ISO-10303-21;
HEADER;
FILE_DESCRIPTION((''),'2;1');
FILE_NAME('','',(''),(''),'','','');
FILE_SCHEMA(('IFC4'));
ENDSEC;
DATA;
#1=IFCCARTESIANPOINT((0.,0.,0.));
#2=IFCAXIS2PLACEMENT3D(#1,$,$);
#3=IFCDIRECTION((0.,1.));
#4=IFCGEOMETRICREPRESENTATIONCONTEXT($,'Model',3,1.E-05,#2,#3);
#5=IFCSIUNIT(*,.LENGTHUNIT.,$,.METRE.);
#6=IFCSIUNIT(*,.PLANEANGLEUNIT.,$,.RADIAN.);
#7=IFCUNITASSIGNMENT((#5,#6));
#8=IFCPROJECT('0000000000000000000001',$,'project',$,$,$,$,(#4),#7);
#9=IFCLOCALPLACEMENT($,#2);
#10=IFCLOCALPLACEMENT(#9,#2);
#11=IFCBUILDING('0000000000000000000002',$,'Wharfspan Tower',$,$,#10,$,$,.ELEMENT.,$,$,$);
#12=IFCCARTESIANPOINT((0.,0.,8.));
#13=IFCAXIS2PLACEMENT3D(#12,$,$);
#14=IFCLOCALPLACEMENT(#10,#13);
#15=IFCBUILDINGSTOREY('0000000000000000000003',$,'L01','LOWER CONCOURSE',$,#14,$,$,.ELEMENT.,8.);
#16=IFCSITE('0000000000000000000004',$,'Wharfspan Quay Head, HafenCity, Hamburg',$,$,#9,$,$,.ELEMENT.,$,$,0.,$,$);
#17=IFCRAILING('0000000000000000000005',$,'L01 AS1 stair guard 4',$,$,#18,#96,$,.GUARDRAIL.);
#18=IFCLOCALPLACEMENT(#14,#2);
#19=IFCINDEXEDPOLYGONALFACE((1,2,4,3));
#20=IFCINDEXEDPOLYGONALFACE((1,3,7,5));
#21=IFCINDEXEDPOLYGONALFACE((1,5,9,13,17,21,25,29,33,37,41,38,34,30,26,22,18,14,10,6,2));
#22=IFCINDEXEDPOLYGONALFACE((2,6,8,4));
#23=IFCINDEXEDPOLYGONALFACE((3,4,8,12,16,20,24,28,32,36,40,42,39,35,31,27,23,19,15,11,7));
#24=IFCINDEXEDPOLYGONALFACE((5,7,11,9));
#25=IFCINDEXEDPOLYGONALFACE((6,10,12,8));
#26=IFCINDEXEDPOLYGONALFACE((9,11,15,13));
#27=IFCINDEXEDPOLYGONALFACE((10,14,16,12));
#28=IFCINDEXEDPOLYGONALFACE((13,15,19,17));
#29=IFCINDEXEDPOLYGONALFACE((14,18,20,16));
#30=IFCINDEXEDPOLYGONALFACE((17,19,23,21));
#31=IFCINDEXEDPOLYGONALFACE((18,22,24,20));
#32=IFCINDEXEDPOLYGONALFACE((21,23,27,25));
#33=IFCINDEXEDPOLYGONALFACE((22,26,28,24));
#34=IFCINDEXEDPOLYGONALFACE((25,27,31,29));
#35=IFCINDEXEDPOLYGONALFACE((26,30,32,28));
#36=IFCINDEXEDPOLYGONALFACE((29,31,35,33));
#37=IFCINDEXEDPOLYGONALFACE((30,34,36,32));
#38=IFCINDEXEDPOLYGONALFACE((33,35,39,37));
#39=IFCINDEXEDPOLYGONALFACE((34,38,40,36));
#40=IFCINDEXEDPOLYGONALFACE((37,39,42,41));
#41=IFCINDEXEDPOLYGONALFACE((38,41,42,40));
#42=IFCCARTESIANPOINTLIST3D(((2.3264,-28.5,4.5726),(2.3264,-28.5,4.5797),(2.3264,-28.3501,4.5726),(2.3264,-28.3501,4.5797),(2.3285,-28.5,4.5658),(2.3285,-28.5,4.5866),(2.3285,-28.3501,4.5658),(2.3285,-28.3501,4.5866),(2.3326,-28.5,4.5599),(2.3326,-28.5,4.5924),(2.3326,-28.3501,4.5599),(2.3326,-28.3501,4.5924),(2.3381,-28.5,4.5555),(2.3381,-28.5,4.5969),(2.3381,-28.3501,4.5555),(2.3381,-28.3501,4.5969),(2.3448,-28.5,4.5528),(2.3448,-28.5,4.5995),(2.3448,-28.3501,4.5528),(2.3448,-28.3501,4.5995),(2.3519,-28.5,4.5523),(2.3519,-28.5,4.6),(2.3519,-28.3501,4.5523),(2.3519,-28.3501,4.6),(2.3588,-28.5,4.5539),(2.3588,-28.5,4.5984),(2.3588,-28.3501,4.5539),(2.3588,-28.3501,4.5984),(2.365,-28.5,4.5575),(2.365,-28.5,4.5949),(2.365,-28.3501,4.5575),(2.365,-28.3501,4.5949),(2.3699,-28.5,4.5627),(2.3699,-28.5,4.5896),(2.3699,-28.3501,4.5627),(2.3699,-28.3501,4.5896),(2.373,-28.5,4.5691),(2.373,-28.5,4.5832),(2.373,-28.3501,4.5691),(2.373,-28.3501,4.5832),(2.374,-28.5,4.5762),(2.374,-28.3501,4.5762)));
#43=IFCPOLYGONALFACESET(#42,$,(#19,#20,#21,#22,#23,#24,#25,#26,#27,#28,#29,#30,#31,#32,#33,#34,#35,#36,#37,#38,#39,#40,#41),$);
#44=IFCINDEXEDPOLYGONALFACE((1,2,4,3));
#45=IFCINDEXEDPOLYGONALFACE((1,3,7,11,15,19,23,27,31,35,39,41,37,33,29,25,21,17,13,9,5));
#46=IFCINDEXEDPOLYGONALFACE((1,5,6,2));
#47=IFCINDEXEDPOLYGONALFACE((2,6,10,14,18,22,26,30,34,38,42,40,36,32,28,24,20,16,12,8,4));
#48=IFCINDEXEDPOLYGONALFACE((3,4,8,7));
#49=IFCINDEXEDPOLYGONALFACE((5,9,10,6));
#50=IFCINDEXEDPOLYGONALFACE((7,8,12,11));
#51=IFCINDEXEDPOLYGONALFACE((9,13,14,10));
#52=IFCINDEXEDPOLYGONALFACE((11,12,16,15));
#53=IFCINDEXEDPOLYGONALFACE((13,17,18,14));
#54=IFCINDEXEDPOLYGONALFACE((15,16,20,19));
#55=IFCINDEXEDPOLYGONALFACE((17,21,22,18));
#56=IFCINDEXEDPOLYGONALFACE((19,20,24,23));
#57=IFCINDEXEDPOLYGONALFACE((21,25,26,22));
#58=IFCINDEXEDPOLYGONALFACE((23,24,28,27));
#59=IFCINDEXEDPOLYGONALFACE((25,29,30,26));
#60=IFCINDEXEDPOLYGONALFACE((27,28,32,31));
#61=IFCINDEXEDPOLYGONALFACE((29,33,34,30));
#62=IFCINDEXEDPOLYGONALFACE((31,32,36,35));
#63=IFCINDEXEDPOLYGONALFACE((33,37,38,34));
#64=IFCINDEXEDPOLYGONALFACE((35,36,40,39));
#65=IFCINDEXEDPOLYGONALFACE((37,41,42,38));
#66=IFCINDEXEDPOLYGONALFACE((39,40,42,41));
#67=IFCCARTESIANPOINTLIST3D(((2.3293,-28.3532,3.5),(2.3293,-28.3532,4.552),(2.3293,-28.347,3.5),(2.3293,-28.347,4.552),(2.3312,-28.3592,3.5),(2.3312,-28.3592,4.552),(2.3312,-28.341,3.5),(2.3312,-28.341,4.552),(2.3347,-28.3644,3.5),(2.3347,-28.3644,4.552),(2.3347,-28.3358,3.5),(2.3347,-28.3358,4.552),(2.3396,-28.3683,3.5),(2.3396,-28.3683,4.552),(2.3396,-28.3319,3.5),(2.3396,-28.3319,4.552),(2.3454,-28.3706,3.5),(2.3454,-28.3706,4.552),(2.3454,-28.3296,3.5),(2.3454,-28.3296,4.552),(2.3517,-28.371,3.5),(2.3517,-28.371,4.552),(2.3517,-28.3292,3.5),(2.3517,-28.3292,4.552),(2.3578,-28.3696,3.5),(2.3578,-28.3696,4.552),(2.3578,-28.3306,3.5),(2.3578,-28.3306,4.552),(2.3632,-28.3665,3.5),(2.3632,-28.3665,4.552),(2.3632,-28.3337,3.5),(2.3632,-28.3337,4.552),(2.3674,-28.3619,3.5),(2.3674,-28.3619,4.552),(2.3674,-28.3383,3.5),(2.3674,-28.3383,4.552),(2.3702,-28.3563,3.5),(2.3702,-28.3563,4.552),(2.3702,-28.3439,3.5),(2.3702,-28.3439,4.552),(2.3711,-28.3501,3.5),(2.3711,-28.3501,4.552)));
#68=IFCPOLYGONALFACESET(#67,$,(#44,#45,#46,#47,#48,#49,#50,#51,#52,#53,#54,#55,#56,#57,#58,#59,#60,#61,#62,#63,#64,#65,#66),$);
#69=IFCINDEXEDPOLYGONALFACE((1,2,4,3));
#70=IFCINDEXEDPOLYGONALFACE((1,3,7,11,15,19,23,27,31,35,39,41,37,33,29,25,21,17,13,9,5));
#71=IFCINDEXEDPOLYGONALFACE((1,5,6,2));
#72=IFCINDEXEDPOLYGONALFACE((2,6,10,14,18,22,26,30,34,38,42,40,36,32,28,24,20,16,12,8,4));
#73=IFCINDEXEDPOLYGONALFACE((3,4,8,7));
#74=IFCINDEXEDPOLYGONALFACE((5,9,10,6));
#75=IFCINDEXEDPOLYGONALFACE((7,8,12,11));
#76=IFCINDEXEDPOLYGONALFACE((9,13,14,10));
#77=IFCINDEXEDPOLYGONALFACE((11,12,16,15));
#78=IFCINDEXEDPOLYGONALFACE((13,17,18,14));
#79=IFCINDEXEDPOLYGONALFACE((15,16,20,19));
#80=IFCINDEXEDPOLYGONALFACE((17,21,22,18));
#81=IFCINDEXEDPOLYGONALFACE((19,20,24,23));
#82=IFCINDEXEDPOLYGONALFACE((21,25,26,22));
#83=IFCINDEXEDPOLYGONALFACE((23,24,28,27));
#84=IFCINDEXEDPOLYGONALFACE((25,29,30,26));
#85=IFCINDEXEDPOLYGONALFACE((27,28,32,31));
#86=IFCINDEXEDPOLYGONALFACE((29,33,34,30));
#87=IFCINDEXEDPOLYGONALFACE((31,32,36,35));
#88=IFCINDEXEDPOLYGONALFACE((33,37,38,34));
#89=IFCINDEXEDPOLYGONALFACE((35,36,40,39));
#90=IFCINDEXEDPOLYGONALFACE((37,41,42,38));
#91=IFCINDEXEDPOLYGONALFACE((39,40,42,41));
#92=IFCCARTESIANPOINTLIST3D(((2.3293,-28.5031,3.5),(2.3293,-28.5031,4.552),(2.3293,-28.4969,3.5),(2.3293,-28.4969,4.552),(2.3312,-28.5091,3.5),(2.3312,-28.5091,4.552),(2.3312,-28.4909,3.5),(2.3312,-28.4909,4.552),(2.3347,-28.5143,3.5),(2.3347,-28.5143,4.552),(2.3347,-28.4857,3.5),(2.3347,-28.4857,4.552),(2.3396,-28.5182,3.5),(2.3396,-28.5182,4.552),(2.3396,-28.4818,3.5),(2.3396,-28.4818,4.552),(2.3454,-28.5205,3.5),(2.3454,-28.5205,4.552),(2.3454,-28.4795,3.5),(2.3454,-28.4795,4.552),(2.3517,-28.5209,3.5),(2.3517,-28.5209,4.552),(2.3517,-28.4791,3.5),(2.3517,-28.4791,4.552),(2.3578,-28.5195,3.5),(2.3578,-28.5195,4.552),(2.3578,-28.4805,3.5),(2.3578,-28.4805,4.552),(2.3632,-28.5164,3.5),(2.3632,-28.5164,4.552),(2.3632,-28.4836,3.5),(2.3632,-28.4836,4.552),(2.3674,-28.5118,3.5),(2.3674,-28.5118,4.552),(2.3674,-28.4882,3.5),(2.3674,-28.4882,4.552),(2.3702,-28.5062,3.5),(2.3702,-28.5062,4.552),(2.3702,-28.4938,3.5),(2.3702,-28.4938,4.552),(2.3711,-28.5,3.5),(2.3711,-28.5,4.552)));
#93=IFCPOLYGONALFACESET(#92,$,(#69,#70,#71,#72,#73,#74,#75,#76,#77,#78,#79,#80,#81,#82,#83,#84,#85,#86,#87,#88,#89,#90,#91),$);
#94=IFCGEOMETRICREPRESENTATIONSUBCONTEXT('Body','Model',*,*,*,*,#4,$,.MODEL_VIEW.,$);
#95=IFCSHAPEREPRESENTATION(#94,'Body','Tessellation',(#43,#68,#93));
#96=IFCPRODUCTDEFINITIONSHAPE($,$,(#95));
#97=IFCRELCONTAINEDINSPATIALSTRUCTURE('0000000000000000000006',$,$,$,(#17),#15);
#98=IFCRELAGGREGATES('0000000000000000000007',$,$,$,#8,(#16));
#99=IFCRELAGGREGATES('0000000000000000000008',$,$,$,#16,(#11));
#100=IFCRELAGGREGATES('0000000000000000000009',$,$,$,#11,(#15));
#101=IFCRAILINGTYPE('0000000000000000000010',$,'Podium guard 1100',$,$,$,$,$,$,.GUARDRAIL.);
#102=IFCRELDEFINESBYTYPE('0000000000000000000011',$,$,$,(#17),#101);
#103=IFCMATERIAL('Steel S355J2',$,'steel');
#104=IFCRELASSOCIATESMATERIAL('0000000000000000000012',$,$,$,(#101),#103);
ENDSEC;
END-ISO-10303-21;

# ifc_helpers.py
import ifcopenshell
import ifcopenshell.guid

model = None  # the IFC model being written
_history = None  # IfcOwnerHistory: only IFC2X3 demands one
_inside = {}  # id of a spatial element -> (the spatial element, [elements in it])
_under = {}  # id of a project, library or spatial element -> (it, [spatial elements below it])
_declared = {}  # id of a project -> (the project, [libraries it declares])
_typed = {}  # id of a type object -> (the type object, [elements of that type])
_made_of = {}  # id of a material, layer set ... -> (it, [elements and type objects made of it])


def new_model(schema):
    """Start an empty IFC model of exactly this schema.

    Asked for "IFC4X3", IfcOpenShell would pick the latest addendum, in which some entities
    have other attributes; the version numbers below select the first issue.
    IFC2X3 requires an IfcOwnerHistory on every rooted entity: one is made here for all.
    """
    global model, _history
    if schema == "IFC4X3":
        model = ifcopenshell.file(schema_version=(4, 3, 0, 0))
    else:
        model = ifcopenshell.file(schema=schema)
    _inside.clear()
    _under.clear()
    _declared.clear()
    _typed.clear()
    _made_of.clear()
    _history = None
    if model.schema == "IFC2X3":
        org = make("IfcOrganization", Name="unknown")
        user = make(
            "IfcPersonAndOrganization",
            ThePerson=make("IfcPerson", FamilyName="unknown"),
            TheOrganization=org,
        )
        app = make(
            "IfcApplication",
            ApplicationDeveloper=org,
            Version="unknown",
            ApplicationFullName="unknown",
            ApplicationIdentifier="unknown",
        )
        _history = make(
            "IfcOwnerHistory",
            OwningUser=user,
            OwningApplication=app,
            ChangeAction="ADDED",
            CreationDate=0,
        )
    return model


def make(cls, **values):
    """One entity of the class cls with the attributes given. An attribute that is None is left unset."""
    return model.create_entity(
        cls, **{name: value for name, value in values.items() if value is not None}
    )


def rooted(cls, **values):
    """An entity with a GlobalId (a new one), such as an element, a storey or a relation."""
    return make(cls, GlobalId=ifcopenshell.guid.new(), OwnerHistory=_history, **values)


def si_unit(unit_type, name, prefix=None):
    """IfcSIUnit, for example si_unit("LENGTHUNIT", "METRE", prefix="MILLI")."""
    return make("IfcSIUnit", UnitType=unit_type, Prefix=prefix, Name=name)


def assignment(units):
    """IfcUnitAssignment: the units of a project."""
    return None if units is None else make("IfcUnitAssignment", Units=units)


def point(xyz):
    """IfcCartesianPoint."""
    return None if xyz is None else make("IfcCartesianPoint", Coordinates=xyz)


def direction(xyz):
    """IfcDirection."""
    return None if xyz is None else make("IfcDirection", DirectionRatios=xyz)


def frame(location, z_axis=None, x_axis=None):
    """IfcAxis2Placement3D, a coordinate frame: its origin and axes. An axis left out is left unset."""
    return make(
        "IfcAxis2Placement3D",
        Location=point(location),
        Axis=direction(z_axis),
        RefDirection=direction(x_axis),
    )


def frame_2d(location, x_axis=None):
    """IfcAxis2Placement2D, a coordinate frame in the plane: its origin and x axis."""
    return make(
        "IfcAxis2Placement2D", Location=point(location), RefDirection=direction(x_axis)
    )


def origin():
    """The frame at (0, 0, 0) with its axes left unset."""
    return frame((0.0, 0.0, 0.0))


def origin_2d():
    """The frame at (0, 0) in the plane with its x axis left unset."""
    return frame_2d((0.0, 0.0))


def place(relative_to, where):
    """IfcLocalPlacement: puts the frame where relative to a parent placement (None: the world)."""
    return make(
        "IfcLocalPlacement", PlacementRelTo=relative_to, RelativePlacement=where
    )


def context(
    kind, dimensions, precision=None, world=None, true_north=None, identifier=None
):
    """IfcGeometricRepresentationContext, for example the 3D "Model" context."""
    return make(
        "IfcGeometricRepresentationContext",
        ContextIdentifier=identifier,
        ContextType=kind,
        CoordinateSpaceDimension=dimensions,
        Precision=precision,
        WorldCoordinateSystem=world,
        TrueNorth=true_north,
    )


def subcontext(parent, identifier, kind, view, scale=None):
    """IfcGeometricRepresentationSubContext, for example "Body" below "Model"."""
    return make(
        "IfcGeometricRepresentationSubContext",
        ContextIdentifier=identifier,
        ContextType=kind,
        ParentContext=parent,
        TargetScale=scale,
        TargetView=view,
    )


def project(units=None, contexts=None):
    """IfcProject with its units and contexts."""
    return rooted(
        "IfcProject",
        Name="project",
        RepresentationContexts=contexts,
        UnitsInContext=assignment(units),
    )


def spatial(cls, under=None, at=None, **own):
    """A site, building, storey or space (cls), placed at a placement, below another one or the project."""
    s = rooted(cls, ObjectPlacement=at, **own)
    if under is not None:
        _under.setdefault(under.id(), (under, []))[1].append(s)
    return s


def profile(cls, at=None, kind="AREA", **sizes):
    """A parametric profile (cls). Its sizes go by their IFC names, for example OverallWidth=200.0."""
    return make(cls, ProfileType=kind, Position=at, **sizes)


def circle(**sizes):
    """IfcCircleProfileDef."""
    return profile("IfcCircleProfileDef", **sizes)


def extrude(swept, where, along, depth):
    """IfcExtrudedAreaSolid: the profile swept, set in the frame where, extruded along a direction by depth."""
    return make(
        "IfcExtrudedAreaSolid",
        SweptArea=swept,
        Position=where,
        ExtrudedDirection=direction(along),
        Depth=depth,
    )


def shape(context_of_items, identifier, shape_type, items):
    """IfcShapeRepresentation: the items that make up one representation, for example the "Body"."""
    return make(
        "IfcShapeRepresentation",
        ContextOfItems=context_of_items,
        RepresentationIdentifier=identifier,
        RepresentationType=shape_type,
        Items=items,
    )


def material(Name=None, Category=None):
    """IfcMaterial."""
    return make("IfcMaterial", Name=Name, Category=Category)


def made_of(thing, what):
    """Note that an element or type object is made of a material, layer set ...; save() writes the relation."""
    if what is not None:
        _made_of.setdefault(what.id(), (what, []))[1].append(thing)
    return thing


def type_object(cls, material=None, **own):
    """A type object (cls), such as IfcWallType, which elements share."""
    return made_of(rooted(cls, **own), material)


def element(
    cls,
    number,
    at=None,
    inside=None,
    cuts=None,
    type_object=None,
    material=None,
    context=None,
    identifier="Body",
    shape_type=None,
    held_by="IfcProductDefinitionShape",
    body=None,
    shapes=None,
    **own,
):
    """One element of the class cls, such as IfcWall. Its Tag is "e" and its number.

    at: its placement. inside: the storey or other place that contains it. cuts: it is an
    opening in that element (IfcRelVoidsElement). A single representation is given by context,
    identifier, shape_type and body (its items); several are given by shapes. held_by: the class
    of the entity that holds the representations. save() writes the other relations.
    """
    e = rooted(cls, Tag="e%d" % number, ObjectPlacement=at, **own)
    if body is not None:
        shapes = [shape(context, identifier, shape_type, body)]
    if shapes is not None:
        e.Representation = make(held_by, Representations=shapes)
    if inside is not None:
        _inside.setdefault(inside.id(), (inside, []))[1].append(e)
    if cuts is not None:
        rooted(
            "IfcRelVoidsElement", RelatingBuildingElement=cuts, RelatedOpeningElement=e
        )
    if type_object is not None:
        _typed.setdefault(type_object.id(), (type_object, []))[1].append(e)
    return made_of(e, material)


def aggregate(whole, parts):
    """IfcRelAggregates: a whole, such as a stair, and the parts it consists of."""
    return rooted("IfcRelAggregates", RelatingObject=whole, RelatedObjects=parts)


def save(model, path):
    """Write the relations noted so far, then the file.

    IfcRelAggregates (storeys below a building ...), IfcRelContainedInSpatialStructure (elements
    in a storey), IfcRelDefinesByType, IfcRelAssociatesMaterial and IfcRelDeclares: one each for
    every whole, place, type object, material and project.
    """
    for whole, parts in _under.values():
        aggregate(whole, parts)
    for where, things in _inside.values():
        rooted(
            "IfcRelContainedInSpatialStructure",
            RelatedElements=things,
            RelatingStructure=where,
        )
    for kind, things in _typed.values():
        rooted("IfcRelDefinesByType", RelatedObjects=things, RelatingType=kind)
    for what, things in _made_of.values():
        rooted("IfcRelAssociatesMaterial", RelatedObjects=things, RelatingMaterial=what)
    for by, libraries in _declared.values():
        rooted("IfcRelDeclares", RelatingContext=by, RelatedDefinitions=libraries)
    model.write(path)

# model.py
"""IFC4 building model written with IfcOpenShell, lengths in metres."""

from ifc_helpers import new_model, si_unit, direction, frame, origin, origin_2d, place, context, subcontext, project, spatial, circle, extrude, material, type_object, element, save


model = new_model("IFC4")

# Units and contexts
model_context = context("Model", 3, precision=1e-05, world=origin(), true_north=direction((0.0, 1.0)))
body_context = subcontext(model_context, "Body", "Model", "MODEL_VIEW")
ifc_project = project(units=[si_unit("LENGTHUNIT", "METRE"), si_unit("PLANEANGLEUNIT", "RADIAN")], contexts=[model_context])

# Site, building, storey
site_placement = place(None, origin())
site = spatial("IfcSite", under=ifc_project, at=site_placement, Name="Wharfspan Quay Head, HafenCity, Hamburg", CompositionType="ELEMENT", RefElevation=0.0)
building_placement = place(site_placement, origin())
building = spatial("IfcBuilding", under=site, at=building_placement, Name="Wharfspan Tower", CompositionType="ELEMENT")
storey_placement = place(building_placement, frame((0.0, 0.0, 8.0)))
storey = spatial("IfcBuildingStorey", under=building, at=storey_placement, Name="L01", Description="LOWER CONCOURSE", CompositionType="ELEMENT", Elevation=8.0)

# Railing
ifc_material_1 = material(Name="Steel S355J2", Category="steel")
railing_type_1 = type_object("IfcRailingType", Name="Podium guard 1100", PredefinedType="GUARDRAIL", material=ifc_material_1)
railing_1_placement = place(storey_placement, frame((2.3501, -28.3501, 3.5)))
element("IfcRailing", 1, at=railing_1_placement, inside=storey, type_object=railing_type_1, Name="L01 AS1 stair guard 4", PredefinedType="GUARDRAIL", context=body_context, shape_type="SweptSolid", body=[
    extrude(circle(Radius=0.0239, at=origin_2d()), frame((0.0, 0.0, 1.0762), z_axis=(0.0, -1.0, 0.0), x_axis=(1.0, 0.0, 0.0)), (0.0, 0.0, 1.0), 0.1499),
    extrude(circle(Radius=0.021, at=origin_2d()), origin(), (0.0, 0.0, 1.0), 1.052),
    extrude(circle(Radius=0.021, at=origin_2d()), frame((0.0, -0.1499, 0.0)), (0.0, 0.0, 1.0), 1.052),
])

save(model, "model.ifc")
